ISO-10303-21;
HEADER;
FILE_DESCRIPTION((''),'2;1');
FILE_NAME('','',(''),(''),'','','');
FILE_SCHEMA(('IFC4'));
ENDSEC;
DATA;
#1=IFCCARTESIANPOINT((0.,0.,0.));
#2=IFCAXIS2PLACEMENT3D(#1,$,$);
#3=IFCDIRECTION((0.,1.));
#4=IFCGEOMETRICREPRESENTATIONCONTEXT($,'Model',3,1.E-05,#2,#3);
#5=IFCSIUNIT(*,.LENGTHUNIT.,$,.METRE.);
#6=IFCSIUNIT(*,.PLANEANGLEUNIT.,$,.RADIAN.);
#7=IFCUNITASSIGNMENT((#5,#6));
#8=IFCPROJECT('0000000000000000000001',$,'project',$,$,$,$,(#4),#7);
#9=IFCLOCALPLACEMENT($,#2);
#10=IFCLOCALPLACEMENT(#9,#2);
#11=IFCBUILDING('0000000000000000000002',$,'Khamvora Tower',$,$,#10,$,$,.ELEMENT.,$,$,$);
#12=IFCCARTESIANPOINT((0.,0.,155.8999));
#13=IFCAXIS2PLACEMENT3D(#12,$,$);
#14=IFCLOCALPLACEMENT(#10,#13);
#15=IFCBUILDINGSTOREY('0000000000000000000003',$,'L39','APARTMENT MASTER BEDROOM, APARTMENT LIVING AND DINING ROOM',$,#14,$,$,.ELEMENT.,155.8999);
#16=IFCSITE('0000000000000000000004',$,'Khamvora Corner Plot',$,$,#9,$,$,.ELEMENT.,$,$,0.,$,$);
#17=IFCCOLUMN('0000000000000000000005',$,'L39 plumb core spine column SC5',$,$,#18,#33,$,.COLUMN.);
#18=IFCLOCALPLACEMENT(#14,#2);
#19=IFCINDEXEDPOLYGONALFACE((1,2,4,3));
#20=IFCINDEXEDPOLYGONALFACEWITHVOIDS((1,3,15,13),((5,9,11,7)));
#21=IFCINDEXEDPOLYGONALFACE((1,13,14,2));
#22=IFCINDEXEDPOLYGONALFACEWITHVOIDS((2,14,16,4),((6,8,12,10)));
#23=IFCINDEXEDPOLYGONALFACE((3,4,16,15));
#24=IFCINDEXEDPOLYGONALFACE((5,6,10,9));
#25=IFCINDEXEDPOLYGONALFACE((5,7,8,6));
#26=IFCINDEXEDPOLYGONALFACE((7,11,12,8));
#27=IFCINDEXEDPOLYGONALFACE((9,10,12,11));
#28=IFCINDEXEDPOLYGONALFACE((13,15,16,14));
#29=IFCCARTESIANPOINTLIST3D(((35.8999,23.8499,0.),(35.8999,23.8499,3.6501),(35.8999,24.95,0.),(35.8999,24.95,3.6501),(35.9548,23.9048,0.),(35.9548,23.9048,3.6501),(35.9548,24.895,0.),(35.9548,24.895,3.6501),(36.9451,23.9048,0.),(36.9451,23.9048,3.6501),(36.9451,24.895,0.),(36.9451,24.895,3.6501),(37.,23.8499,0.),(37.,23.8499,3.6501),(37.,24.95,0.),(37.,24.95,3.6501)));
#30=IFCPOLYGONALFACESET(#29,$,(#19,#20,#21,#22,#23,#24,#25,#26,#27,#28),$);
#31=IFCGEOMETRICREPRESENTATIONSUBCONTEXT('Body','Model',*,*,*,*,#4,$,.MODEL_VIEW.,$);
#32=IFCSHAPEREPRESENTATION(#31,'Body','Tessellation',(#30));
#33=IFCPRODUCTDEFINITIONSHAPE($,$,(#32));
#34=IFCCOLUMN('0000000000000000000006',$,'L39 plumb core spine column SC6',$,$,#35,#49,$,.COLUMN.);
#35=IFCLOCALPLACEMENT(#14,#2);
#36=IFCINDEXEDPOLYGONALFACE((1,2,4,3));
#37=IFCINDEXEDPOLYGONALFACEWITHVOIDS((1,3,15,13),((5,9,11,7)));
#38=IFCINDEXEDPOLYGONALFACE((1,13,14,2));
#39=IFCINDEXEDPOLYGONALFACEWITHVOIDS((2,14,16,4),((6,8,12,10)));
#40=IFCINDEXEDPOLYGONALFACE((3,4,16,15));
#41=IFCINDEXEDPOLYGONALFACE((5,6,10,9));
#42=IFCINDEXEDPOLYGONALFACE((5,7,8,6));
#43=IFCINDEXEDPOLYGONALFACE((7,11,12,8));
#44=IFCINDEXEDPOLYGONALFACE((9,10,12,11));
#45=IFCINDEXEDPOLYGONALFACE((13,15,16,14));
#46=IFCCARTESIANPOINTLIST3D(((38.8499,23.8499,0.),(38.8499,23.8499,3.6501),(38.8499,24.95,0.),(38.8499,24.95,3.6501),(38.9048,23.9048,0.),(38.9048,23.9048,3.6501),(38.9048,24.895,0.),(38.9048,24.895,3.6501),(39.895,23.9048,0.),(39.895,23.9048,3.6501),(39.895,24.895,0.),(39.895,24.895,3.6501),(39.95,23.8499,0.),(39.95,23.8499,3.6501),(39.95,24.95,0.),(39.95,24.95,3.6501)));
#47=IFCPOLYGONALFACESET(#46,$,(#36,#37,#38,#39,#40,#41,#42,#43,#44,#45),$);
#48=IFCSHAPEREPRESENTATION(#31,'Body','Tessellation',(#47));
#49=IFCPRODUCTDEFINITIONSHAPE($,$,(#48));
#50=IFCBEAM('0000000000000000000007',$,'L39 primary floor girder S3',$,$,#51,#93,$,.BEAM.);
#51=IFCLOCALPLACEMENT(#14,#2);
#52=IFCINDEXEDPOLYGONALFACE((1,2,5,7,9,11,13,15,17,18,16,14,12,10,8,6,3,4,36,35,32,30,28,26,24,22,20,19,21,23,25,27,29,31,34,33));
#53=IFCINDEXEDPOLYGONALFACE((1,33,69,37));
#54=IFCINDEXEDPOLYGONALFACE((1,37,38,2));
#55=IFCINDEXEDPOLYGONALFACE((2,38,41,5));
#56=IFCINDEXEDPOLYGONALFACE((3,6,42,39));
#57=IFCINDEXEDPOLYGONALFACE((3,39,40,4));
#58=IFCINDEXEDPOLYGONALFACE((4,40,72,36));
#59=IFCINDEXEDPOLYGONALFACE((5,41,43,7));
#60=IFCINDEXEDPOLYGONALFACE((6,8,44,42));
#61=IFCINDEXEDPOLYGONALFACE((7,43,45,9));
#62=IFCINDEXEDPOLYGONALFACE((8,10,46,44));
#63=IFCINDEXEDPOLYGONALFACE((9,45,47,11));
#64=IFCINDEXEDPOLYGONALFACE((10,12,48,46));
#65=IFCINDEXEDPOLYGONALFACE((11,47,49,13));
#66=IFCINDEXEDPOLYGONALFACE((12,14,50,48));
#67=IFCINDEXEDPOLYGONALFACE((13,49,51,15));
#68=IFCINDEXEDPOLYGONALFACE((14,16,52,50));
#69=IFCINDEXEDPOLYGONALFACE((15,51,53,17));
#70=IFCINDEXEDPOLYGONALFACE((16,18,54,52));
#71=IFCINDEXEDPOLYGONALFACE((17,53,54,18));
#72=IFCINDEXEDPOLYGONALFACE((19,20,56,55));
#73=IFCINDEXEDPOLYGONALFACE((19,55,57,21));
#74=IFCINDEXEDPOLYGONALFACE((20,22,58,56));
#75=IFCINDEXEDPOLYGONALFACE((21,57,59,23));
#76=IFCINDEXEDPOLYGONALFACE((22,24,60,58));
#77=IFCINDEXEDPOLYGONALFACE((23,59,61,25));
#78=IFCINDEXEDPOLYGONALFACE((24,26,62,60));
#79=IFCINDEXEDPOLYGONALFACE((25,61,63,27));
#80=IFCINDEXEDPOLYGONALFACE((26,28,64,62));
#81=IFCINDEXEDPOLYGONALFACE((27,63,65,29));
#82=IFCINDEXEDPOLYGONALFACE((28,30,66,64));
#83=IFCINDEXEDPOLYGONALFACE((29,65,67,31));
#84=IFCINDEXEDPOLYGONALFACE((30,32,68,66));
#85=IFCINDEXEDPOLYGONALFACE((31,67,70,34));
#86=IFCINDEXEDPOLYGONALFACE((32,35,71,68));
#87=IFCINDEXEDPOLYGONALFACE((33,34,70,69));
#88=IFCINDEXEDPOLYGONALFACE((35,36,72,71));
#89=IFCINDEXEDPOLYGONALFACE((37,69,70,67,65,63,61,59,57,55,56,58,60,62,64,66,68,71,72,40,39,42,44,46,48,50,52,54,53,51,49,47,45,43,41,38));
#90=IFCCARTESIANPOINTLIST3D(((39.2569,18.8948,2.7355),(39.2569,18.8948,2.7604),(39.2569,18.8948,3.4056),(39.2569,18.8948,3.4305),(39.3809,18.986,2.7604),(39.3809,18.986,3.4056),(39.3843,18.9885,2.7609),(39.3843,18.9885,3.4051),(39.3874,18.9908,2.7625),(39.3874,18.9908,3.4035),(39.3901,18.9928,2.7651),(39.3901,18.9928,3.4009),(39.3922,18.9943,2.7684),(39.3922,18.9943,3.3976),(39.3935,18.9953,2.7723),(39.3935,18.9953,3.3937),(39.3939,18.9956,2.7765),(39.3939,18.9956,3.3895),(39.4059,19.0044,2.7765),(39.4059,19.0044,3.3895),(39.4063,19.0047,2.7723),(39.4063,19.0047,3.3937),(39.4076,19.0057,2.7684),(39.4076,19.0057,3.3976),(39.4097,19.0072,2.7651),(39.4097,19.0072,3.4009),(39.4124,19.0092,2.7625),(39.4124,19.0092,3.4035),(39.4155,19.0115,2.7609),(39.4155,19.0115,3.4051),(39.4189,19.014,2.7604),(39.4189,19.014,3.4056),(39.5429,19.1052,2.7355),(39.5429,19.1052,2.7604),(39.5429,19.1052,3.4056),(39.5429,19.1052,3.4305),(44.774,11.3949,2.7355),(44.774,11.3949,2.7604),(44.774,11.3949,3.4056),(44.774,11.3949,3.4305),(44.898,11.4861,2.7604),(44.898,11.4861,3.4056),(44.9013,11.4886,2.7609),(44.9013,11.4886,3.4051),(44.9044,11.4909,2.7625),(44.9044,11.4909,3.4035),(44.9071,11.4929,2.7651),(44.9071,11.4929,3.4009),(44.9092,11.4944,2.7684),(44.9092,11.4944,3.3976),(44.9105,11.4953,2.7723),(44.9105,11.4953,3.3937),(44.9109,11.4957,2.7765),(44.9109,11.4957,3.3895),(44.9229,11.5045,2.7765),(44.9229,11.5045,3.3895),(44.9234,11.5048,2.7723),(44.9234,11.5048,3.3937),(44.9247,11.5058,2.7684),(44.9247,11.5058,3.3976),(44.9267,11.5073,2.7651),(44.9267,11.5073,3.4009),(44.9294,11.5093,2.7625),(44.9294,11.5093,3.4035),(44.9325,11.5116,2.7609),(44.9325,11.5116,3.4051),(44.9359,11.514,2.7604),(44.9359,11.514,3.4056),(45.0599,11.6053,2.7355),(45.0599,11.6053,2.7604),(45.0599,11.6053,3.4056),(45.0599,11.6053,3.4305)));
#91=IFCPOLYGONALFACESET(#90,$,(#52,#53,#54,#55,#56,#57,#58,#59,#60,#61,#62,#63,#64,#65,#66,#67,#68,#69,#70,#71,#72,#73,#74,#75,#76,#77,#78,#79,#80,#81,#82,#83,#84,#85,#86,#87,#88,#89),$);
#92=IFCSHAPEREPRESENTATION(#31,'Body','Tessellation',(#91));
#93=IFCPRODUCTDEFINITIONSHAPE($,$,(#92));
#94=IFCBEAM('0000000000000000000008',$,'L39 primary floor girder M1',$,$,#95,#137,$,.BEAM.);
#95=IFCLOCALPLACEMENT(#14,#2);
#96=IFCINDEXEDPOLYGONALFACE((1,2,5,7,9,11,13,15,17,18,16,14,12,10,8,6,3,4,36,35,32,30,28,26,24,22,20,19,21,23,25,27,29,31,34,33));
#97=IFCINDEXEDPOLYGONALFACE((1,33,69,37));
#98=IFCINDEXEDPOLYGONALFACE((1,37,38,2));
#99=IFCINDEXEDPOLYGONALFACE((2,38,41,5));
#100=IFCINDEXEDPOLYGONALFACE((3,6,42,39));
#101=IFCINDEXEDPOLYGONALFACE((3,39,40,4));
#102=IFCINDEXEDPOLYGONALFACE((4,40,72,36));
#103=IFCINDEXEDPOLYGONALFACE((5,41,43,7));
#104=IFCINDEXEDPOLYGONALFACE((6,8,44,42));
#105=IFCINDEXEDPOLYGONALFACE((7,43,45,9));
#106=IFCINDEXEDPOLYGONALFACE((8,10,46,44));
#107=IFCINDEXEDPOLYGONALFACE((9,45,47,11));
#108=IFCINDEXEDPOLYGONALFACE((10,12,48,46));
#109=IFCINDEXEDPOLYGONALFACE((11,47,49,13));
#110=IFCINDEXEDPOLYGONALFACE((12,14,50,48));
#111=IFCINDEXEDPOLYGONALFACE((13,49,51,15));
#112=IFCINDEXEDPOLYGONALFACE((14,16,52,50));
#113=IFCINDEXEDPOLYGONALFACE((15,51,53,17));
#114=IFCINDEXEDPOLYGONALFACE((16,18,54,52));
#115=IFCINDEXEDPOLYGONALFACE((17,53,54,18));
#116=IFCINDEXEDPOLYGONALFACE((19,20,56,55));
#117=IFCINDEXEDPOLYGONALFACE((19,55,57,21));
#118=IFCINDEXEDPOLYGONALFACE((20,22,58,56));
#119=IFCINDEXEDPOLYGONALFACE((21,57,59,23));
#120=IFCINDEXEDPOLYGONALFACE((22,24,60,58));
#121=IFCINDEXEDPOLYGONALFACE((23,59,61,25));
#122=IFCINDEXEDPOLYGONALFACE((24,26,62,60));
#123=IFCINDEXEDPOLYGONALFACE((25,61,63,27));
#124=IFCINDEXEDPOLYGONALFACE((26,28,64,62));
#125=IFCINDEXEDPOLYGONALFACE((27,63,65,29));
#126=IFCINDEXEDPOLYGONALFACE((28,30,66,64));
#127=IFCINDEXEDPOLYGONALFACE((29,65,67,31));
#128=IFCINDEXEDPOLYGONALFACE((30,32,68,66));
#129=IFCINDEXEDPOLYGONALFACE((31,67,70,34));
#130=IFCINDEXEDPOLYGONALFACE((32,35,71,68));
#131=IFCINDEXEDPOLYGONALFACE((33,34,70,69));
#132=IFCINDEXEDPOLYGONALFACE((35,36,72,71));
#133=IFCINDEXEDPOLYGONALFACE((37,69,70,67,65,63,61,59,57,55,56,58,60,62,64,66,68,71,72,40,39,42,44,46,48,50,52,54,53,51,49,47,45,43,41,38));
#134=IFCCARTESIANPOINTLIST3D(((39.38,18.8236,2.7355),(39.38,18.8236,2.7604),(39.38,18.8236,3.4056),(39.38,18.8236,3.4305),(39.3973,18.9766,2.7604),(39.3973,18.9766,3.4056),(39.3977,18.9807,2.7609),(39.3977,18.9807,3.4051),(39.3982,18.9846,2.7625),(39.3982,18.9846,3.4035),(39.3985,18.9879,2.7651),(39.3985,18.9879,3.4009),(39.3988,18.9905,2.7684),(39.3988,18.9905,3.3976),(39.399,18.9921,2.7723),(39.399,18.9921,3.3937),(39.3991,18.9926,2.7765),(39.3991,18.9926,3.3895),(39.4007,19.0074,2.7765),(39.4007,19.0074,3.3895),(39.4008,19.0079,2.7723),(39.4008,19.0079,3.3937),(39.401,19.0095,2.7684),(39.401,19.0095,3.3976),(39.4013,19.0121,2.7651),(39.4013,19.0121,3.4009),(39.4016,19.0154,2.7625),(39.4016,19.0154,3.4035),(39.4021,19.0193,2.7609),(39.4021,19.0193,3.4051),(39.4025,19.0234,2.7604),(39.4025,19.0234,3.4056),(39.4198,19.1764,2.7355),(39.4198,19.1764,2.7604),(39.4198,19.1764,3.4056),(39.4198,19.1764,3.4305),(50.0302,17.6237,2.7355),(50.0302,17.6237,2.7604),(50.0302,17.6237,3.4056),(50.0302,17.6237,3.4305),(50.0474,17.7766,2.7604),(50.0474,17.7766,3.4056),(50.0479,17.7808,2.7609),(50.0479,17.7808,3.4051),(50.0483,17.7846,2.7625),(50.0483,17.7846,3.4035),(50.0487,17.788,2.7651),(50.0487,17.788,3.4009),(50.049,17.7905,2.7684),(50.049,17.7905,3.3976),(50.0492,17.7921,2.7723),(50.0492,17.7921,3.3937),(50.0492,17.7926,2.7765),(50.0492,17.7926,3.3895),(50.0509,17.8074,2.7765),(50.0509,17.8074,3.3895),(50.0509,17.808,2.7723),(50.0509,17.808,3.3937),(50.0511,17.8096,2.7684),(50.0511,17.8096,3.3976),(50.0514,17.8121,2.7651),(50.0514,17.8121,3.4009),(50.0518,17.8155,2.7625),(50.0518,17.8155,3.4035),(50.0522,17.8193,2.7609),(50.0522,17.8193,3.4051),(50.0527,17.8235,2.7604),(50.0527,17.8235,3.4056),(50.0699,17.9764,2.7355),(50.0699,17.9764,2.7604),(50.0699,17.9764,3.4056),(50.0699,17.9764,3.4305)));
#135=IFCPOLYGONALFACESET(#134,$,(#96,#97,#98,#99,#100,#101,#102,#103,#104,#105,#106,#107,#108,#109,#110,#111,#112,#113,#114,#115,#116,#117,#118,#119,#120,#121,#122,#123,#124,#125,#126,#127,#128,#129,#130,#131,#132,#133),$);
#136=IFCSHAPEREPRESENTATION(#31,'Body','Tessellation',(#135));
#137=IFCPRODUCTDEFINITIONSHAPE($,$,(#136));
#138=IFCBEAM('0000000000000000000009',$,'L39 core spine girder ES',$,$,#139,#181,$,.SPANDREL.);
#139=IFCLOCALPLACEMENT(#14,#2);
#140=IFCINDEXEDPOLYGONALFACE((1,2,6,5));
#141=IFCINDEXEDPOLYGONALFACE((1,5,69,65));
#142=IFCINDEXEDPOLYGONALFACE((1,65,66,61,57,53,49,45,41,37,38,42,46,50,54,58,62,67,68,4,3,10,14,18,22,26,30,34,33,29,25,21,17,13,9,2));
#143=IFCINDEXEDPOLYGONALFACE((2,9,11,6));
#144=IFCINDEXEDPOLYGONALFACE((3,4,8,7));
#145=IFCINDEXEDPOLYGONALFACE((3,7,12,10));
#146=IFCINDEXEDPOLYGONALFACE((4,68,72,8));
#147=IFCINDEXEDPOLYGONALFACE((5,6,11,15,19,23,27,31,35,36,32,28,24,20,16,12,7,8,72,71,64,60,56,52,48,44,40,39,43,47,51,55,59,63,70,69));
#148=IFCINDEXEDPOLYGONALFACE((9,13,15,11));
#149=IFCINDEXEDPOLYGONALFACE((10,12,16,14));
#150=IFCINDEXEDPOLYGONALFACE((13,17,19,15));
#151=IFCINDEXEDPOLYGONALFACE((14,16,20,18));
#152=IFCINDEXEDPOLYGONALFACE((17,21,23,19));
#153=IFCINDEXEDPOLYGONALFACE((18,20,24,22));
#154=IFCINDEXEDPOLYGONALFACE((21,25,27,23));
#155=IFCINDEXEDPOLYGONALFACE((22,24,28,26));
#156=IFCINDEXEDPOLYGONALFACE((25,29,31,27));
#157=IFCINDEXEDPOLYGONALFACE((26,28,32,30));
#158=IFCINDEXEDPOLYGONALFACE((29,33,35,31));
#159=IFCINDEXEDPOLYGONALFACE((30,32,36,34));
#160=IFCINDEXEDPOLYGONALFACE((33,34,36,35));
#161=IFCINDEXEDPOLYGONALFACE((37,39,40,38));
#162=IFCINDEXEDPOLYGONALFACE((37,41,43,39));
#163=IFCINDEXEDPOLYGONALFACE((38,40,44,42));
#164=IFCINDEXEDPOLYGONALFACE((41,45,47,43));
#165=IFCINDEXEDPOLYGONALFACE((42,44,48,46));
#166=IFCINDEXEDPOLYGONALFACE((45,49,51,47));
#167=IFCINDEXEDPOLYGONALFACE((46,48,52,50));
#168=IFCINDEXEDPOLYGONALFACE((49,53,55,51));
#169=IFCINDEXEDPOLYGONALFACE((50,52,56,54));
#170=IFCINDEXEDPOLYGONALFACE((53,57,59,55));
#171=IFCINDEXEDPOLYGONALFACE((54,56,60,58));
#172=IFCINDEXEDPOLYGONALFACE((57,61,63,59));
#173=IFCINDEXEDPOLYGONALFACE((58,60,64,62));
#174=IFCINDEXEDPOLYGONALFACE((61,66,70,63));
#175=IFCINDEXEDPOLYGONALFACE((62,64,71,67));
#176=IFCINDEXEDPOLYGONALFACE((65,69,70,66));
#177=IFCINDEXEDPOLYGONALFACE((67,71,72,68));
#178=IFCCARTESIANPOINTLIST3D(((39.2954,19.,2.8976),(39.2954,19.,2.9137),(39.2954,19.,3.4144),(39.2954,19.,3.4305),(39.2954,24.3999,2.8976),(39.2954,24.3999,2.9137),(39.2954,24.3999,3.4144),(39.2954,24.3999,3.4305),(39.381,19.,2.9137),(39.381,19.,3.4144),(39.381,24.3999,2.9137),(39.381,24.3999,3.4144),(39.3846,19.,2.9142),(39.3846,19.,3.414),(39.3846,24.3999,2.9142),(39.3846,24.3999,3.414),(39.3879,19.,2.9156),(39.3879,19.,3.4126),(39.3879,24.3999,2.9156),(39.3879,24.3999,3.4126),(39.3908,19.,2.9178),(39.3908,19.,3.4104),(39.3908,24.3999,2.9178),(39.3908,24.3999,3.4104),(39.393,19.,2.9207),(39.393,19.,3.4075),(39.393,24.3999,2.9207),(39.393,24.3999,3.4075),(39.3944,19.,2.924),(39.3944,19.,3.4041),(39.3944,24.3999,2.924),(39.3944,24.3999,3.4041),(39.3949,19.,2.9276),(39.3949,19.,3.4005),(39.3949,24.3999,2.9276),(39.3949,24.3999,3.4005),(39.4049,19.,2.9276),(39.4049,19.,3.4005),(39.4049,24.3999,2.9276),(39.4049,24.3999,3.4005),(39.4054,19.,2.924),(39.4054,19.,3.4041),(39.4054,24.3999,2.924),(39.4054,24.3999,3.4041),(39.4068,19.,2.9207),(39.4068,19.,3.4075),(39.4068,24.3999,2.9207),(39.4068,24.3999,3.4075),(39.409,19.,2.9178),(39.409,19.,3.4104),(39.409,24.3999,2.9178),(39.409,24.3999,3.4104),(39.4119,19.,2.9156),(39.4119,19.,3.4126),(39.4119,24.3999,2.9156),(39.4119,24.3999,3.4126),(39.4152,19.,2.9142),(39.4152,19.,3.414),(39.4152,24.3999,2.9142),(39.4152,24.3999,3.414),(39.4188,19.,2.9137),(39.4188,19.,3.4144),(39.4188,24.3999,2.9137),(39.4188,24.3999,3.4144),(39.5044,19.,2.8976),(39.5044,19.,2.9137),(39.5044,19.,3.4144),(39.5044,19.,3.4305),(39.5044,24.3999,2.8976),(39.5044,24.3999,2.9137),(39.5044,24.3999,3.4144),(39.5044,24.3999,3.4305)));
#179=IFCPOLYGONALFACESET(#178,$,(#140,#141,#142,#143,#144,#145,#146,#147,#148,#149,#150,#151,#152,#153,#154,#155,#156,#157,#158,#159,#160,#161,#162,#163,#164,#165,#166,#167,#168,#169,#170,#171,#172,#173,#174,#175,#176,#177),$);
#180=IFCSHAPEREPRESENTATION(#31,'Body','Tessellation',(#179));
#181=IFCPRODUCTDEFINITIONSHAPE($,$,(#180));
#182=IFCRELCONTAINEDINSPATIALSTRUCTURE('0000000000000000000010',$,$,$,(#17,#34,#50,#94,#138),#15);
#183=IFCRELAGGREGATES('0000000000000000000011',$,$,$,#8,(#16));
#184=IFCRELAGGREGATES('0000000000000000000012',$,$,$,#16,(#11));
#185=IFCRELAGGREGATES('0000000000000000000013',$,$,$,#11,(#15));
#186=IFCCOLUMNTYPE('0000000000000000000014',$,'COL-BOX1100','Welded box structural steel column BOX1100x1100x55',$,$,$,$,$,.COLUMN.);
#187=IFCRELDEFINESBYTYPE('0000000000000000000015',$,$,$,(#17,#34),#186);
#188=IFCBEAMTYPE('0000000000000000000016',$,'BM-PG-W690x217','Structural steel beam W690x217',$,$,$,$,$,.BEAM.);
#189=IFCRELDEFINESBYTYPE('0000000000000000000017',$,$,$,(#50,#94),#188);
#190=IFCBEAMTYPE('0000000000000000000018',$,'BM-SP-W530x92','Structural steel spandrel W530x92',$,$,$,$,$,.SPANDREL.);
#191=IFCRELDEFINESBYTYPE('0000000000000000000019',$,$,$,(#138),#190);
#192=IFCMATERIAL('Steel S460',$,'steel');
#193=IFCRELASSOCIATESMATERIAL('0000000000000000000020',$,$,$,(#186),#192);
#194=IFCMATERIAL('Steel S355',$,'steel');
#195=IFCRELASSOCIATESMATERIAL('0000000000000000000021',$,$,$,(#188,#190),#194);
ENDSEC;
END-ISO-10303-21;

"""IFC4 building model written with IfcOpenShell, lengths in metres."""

from ifc_helpers import new_model, si_unit, direction, frame, origin, origin_2d, place, context, subcontext, project, spatial, hollow_rectangle, i_section, extrude, material, material_profile, profile_set, type_object, element, save


model = new_model("IFC4")

# Units and contexts
model_context = context("Model", 3, precision=1e-05, world=origin(), true_north=direction((0.0, 1.0)))
body_context = subcontext(model_context, "Body", "Model", "MODEL_VIEW")
ifc_project = project(units=[si_unit("LENGTHUNIT", "METRE"), si_unit("PLANEANGLEUNIT", "RADIAN")], contexts=[model_context])

# Site, building, storey
site_placement = place(None, origin())
site = spatial("IfcSite", under=ifc_project, at=site_placement, Name="Khamvora Corner Plot", CompositionType="ELEMENT", RefElevation=0.0)
building_placement = place(site_placement, origin())
building = spatial("IfcBuilding", under=site, at=building_placement, Name="Khamvora Tower", CompositionType="ELEMENT")
storey_placement = place(building_placement, frame((0.0, 0.0, 155.8999)))
storey = spatial("IfcBuildingStorey", under=building, at=storey_placement, Name="L39", Description="APARTMENT MASTER BEDROOM, APARTMENT LIVING AND DINING ROOM", CompositionType="ELEMENT", Elevation=155.8999)

# Columns
ifc_material_1 = material(Name="Steel S460", Category="steel")
ifc_material_profile_1 = material_profile(ifc_material_1, hollow_rectangle(XDim=1.1001, YDim=1.1001, WallThickness=0.0549, at=origin_2d()), Name="BOX1100x1100x55")
ifc_profile_set_1 = profile_set([ifc_material_profile_1], Name="Steel S460")
column_type = type_object("IfcColumnType", Name="COL-BOX1100", Description="Welded box structural steel column BOX1100x1100x55", PredefinedType="COLUMN", material=ifc_profile_set_1)
for number, where, z_axis, x_axis, name in (
    (1, (36.45, 24.3999, 0.0), (0.0, 0.0, 1.0), (1.0, 0.0, 0.0), "L39 plumb core spine column SC5"),
    (2, (39.3999, 24.3999, 0.0), (0.0, 0.0, 1.0), (1.0, 0.0, 0.0), "L39 plumb core spine column SC6"),
):
    element("IfcColumn", number, at=place(storey_placement, frame(where, z_axis=z_axis, x_axis=x_axis)), inside=storey, type_object=column_type, Name=name, PredefinedType="COLUMN", context=body_context, shape_type="SweptSolid", body=[
        extrude(hollow_rectangle(XDim=1.1001, YDim=1.1001, WallThickness=0.0549, at=origin_2d()), origin(), (0.0, 0.0, 1.0), 3.6501),
    ])

# Beams
ifc_material_2 = material(Name="Steel S355", Category="steel")
ifc_material_profile_2 = material_profile(ifc_material_2, i_section(OverallWidth=0.355, OverallDepth=0.6951, WebThickness=0.0149, FlangeThickness=0.0249, FilletRadius=0.0161, at=origin_2d()), Name="W690x217")
ifc_profile_set_2 = profile_set([ifc_material_profile_2], Name="Steel S355")
beam_type_1 = type_object("IfcBeamType", Name="BM-PG-W690x217", Description="Structural steel beam W690x217", PredefinedType="BEAM", material=ifc_profile_set_2)
beam_1_placement = place(storey_placement, frame((39.3999, 19.0, 3.083), z_axis=(0.592557, -0.805529, 0.0), x_axis=(0.805529, 0.592557, 0.0)))
element("IfcBeam", 3, at=beam_1_placement, inside=storey, type_object=beam_type_1, Name="L39 primary floor girder S3", PredefinedType="BEAM", context=body_context, shape_type="SweptSolid", body=[
    extrude(i_section(OverallWidth=0.355, OverallDepth=0.6951, WebThickness=0.0149, FlangeThickness=0.0249, FilletRadius=0.0161, at=origin_2d()), origin(), (0.0, 0.0, 1.0), 9.3105),
])
beam_2_placement = place(storey_placement, frame((39.3999, 19.0, 3.083), z_axis=(0.993713, -0.111962, 0.0), x_axis=(0.111962, 0.993713, 0.0)))
element("IfcBeam", 4, at=beam_2_placement, inside=storey, type_object=beam_type_1, Name="L39 primary floor girder M1", PredefinedType="BEAM", context=body_context, shape_type="SweptSolid", body=[
    extrude(i_section(OverallWidth=0.355, OverallDepth=0.6951, WebThickness=0.0149, FlangeThickness=0.0249, FilletRadius=0.0161, at=origin_2d()), origin(), (0.0, 0.0, 1.0), 10.7175),
])
ifc_material_profile_3 = material_profile(ifc_material_2, i_section(OverallWidth=0.209, OverallDepth=0.533, WebThickness=0.01, FlangeThickness=0.0161, FilletRadius=0.0139, at=origin_2d()), Name="W530x92")
ifc_profile_set_3 = profile_set([ifc_material_profile_3], Name="Steel S355")
beam_type_2 = type_object("IfcBeamType", Name="BM-SP-W530x92", Description="Structural steel spandrel W530x92", PredefinedType="SPANDREL", material=ifc_profile_set_3)
beam_3_placement = place(storey_placement, frame((39.3999, 19.0, 3.1641), z_axis=(0.0, 1.0, 0.0), x_axis=(-1.0, 0.0, 0.0)))
element("IfcBeam", 5, at=beam_3_placement, inside=storey, type_object=beam_type_2, Name="L39 core spine girder ES", PredefinedType="SPANDREL", context=body_context, shape_type="SweptSolid", body=[
    extrude(i_section(OverallWidth=0.209, OverallDepth=0.533, WebThickness=0.01, FlangeThickness=0.0161, FilletRadius=0.0139, at=origin_2d()), origin(), (0.0, 0.0, 1.0), 5.3999),
])

save(model, "model.ifc")
